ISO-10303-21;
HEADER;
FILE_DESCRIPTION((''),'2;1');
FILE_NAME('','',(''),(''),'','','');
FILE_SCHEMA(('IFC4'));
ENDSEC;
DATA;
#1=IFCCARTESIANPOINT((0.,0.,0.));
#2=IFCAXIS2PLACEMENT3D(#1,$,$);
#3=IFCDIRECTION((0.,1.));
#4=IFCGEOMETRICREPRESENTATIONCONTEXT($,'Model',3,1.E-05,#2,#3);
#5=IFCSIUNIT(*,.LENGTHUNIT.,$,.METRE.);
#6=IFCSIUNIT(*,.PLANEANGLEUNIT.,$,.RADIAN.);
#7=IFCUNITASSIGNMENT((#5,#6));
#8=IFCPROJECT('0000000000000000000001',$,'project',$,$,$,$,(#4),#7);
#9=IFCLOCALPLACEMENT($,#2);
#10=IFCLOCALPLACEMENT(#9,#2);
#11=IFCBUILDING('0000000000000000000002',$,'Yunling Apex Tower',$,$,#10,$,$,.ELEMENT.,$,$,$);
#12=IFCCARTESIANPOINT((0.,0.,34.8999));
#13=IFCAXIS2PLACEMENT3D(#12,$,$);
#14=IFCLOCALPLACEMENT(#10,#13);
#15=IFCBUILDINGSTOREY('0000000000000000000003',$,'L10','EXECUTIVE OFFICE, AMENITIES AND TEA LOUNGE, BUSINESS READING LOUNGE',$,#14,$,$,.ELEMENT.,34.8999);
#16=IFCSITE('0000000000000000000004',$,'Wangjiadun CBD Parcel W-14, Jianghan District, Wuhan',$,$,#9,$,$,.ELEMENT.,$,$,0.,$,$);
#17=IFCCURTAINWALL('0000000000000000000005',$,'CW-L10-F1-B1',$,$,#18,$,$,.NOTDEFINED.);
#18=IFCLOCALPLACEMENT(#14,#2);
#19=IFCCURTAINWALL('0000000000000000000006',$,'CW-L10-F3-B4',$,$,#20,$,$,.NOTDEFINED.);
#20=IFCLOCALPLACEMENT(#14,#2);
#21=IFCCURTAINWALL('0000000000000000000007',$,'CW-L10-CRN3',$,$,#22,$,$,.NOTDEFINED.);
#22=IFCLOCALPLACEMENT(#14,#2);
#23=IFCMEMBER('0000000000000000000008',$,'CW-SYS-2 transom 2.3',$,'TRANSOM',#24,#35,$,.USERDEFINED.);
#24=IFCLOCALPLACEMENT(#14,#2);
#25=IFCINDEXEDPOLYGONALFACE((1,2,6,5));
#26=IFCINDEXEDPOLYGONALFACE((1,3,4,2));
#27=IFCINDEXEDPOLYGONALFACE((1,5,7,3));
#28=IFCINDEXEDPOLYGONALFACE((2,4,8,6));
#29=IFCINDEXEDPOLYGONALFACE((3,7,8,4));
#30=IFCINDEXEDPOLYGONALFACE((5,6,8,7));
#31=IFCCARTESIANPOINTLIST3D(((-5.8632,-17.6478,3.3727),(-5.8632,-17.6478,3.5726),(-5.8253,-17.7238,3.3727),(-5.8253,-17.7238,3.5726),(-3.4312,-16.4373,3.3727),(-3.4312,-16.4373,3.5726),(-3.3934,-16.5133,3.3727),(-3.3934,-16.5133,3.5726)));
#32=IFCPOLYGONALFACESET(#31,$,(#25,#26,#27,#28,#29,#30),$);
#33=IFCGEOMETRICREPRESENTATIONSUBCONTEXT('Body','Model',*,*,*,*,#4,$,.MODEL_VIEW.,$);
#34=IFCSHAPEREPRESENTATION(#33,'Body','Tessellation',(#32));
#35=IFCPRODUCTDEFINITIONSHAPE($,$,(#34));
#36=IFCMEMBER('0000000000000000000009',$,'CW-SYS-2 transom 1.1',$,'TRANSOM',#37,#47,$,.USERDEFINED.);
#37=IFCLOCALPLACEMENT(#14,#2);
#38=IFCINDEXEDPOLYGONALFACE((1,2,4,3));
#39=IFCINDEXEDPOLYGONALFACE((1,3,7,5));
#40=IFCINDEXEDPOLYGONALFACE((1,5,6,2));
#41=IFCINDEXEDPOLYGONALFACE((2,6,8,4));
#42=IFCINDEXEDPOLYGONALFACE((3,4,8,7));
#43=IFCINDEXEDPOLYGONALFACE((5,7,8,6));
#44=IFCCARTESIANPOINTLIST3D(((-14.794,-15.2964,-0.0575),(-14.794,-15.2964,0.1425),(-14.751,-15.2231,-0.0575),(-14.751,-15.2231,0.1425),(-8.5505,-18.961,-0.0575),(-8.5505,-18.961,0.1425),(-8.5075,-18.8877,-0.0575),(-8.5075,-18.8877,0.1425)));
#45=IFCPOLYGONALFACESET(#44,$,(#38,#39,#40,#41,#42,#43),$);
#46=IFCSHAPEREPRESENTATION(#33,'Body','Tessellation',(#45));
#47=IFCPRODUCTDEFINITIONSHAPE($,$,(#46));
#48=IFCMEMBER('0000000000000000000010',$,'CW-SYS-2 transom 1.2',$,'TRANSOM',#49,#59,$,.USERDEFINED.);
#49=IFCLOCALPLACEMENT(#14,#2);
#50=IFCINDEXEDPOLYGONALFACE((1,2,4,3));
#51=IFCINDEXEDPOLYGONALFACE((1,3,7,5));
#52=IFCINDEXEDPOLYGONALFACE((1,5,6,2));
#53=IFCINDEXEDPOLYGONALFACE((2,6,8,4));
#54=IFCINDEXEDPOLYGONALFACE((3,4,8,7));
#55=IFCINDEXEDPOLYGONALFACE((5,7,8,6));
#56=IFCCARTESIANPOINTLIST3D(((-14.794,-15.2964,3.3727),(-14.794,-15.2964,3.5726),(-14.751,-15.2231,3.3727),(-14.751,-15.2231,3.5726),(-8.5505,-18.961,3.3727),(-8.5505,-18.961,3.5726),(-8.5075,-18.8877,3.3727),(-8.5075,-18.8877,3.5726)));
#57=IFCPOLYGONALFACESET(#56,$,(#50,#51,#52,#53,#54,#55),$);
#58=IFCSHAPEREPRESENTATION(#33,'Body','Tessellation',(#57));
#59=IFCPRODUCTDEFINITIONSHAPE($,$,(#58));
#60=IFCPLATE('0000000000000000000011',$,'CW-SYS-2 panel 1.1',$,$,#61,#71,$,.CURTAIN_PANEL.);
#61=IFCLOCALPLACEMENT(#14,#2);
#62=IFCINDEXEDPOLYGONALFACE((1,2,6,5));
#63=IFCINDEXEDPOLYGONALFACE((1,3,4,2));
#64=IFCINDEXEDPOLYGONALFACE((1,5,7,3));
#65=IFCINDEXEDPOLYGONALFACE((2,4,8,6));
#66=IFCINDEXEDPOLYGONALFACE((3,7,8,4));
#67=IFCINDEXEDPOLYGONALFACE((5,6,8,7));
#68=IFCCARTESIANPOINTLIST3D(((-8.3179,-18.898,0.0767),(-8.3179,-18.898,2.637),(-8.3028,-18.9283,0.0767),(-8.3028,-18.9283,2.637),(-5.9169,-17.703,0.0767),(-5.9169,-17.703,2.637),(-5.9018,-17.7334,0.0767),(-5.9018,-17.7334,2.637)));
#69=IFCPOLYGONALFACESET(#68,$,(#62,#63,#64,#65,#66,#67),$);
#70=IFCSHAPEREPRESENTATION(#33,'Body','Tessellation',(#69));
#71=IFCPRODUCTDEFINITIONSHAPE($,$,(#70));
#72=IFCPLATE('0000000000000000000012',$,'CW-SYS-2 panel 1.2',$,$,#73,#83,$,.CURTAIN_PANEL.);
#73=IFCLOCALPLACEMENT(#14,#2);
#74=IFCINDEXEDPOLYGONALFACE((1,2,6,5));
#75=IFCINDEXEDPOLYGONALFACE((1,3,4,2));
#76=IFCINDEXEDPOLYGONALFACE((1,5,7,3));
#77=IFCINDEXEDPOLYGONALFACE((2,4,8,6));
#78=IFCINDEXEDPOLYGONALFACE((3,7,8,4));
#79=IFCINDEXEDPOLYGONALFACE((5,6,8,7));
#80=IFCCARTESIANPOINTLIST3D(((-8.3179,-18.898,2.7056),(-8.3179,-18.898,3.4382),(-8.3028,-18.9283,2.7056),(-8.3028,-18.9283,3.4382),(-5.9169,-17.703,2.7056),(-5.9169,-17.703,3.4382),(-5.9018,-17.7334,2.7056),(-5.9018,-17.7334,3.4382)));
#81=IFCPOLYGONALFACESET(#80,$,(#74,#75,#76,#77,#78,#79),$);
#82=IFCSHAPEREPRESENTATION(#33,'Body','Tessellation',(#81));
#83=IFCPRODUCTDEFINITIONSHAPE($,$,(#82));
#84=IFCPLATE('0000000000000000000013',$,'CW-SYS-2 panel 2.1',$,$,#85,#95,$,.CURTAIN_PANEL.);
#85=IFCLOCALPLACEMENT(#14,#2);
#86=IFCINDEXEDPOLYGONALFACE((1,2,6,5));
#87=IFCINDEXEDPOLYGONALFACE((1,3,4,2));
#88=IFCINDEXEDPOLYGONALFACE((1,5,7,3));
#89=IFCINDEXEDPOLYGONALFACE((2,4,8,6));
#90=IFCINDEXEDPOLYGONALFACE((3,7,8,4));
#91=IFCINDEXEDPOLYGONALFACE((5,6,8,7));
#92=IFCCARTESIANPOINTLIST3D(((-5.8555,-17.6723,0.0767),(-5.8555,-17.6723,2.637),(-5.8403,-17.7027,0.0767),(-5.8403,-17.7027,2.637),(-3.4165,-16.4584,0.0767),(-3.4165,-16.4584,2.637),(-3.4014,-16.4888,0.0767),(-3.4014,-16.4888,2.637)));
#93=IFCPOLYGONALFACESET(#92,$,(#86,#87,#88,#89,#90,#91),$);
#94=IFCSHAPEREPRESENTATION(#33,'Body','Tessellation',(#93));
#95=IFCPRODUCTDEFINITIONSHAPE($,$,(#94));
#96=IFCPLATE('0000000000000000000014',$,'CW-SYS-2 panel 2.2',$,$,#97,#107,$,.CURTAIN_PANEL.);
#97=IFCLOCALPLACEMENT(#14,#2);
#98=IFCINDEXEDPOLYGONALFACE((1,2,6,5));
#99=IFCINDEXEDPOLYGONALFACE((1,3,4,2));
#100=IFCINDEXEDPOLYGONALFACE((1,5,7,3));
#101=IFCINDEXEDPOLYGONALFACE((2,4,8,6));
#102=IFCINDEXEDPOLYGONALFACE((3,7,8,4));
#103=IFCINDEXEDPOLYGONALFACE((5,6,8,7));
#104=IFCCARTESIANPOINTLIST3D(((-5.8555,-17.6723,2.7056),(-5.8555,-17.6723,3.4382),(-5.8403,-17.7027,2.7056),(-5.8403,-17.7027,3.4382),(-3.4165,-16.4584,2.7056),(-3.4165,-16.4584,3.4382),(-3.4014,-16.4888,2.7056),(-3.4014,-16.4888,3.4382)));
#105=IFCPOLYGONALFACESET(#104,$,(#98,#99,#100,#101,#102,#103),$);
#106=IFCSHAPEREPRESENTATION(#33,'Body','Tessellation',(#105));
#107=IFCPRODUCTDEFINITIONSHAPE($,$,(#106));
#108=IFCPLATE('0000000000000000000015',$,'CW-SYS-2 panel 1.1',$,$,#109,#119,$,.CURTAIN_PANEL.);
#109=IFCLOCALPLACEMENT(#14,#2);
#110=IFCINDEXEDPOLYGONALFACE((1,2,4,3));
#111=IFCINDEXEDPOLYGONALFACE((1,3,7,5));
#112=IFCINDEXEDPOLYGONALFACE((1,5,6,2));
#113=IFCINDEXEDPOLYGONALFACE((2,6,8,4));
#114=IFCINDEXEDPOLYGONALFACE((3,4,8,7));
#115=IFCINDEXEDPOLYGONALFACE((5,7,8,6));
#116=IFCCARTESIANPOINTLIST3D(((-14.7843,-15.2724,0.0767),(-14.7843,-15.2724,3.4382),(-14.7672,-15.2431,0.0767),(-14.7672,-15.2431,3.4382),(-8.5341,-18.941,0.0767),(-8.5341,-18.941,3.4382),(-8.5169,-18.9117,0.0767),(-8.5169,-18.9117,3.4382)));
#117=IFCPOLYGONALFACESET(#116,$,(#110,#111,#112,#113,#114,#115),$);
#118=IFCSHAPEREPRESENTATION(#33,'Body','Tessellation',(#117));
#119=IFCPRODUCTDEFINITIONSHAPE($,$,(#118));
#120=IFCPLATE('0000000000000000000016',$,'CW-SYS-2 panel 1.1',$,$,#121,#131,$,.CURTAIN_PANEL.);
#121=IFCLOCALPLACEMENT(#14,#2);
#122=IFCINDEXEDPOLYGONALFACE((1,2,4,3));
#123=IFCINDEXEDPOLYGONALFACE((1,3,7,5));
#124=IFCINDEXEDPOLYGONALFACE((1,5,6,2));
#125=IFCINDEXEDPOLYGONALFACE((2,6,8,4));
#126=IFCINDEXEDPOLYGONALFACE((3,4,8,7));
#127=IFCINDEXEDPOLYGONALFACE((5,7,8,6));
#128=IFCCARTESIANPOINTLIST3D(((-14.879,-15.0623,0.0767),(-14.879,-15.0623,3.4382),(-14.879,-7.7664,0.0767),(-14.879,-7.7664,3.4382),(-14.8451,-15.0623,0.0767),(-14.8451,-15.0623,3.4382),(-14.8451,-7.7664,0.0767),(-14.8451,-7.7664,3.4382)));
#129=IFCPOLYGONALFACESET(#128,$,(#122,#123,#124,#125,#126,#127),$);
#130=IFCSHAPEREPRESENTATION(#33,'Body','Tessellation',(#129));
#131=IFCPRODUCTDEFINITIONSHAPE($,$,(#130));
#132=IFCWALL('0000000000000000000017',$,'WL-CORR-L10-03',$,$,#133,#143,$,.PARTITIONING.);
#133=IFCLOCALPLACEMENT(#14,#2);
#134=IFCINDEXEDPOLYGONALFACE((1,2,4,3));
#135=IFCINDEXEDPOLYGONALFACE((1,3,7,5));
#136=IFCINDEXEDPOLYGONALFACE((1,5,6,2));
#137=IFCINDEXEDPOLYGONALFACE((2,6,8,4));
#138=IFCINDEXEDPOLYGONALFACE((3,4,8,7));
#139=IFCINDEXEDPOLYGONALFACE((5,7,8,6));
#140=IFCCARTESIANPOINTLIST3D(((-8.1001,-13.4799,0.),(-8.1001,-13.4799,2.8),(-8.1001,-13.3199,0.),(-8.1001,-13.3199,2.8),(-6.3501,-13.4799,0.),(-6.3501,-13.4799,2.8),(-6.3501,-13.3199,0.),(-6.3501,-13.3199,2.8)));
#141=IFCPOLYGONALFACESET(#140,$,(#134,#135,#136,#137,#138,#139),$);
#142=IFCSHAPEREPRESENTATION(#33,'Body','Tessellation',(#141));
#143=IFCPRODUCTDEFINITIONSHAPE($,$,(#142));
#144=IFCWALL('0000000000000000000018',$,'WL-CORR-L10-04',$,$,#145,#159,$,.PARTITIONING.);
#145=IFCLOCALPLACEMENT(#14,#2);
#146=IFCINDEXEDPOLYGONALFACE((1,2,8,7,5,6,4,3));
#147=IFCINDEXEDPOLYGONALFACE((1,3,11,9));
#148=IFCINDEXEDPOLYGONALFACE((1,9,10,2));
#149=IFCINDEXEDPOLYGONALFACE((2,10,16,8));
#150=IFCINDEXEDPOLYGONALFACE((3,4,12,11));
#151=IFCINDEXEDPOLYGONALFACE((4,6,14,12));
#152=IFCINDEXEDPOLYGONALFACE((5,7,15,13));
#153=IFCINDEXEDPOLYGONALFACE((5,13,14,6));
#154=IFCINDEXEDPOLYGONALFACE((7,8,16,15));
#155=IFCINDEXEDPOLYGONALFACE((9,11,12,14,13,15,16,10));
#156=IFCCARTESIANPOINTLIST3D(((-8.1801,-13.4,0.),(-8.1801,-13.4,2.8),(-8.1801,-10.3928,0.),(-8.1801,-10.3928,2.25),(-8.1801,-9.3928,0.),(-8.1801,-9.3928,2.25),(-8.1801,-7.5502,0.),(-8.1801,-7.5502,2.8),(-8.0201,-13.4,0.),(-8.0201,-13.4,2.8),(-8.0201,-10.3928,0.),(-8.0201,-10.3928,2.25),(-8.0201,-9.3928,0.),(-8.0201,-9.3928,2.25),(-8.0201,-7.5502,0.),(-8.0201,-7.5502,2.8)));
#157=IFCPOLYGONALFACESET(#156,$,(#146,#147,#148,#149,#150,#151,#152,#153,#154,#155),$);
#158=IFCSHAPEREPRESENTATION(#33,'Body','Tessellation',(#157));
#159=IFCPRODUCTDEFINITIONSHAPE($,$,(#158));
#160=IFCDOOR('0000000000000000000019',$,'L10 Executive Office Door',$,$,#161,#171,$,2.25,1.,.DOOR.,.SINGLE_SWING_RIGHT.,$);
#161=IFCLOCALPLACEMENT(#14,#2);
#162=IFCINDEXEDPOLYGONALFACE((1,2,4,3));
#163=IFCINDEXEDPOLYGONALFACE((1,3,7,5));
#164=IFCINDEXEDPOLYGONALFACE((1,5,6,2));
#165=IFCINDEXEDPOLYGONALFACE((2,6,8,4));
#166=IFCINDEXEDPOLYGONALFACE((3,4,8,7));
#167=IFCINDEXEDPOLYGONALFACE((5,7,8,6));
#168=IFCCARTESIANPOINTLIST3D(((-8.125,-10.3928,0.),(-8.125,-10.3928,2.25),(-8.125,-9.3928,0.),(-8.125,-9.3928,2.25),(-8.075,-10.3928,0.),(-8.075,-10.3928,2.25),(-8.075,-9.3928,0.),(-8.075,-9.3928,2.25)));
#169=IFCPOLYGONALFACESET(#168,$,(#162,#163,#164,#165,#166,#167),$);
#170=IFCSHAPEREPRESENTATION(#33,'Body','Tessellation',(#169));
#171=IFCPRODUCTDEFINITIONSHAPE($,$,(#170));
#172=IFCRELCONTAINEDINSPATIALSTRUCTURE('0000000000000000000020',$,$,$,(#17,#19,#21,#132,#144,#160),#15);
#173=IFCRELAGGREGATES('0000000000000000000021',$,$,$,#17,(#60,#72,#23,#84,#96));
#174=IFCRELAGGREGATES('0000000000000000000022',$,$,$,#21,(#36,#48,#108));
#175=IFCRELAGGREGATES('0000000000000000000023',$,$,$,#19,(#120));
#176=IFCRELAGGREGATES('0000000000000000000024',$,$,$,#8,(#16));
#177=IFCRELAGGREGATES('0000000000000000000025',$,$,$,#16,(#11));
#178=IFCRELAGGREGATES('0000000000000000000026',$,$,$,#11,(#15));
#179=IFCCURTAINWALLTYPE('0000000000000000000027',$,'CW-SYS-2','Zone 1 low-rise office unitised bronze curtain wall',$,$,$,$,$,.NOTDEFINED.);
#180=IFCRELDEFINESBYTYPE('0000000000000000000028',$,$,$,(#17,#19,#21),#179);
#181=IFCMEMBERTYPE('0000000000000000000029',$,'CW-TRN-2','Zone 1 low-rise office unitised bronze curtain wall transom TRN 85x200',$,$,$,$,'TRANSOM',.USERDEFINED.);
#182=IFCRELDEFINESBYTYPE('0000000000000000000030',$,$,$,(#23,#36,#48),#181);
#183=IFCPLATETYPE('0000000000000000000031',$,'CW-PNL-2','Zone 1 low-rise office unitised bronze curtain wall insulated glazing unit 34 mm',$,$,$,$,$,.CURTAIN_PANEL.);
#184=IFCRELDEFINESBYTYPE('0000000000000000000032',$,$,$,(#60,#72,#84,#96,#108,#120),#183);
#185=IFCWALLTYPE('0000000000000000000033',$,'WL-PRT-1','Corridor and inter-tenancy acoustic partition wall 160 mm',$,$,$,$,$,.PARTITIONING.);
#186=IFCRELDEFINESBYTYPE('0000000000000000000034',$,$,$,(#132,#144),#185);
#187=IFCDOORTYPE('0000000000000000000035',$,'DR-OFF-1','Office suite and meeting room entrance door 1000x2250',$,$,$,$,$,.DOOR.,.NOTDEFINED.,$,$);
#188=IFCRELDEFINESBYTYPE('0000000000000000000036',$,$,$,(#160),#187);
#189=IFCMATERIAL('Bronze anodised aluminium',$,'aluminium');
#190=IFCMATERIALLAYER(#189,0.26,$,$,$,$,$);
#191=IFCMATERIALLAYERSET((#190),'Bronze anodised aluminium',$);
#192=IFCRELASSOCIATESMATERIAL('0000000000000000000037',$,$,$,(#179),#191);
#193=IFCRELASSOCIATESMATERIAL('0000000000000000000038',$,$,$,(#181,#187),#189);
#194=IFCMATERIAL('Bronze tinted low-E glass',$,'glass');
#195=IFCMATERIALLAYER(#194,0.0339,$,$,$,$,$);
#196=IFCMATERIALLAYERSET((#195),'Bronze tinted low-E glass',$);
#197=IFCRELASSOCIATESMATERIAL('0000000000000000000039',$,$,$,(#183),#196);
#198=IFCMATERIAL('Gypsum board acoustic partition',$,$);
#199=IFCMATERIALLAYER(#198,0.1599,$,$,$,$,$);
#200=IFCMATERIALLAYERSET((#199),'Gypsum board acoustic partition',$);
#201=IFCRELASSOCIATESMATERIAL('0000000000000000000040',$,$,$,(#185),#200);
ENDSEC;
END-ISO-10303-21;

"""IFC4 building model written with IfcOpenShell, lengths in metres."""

from ifc_helpers import new_model, si_unit, direction, frame, frame_2d, origin, origin_2d, place, context, subcontext, project, spatial, rectangle, extrude, source, transform, mapped, material, layer, layer_set, material_profile, profile_set, type_object, element, fill, aggregate, save


model = new_model("IFC4")

# Units and contexts
model_context = context("Model", 3, precision=1e-05, world=origin(), true_north=direction((0.0, 1.0)))
body_context = subcontext(model_context, "Body", "Model", "MODEL_VIEW")
ifc_project = project(units=[si_unit("LENGTHUNIT", "METRE"), si_unit("PLANEANGLEUNIT", "RADIAN")], contexts=[model_context])

# Site, building, storey
site_placement = place(None, origin())
site = spatial("IfcSite", under=ifc_project, at=site_placement, Name="Wangjiadun CBD Parcel W-14, Jianghan District, Wuhan", CompositionType="ELEMENT", RefElevation=0.0)
building_placement = place(site_placement, origin())
building = spatial("IfcBuilding", under=site, at=building_placement, Name="Yunling Apex Tower", CompositionType="ELEMENT")
storey_placement = place(building_placement, frame((0.0, 0.0, 34.8999)))
storey = spatial("IfcBuildingStorey", under=building, at=storey_placement, Name="L10", Description="EXECUTIVE OFFICE, AMENITIES AND TEA LOUNGE, BUSINESS READING LOUNGE", CompositionType="ELEMENT", Elevation=34.8999)

# Curtain wall
ifc_material_1 = material(Name="Bronze anodised aluminium", Category="aluminium")
ifc_layer_1 = layer(ifc_material_1, 0.26)
ifc_layer_set_1 = layer_set([ifc_layer_1], Name="Bronze anodised aluminium")
curtain_wall_type = type_object("IfcCurtainWallType", Name="CW-SYS-2", Description="Zone 1 low-rise office unitised bronze curtain wall", PredefinedType="NOTDEFINED", material=ifc_layer_set_1)
curtain_wall_1_placement = place(storey_placement, origin())
curtain_wall_1 = element("IfcCurtainWall", 1, at=curtain_wall_1_placement, inside=storey, type_object=curtain_wall_type, Name="CW-L10-F1-B1", PredefinedType="NOTDEFINED")

# Curtain wall
curtain_wall_2_placement = place(storey_placement, origin())
curtain_wall_2 = element("IfcCurtainWall", 2, at=curtain_wall_2_placement, inside=storey, type_object=curtain_wall_type, Name="CW-L10-F3-B4", PredefinedType="NOTDEFINED")

# Curtain wall
curtain_wall_3_placement = place(storey_placement, origin())
curtain_wall_3 = element("IfcCurtainWall", 3, at=curtain_wall_3_placement, inside=storey, type_object=curtain_wall_type, Name="CW-L10-CRN3", PredefinedType="NOTDEFINED")

# Members
ifc_material_profile_1 = material_profile(ifc_material_1, rectangle(XDim=0.085, YDim=0.2, at=origin_2d()))
ifc_profile_set_1 = profile_set([ifc_material_profile_1], Name="Bronze anodised aluminium")
member_type_1 = type_object("IfcMemberType", Name="CW-TRN-2", Description="Zone 1 low-rise office unitised bronze curtain wall transom TRN 85x200", ElementType="TRANSOM", PredefinedType="USERDEFINED", material=ifc_profile_set_1)
shared_shape_1 = source(origin(), body_context, "Body", "SweptSolid", [
    extrude(rectangle(XDim=0.085, YDim=0.2, at=origin_2d()), origin(), (0.0, 0.0, 1.0), 2.7166),
])
member_1_placement = place(storey_placement, frame((-5.8442, -17.6858, 3.4727), z_axis=(0.895235, 0.445595, 0.0), x_axis=(-0.445595, 0.895235, 0.0)))
member_1 = element("IfcMember", 4, at=member_1_placement, type_object=member_type_1, Name="CW-SYS-2 transom 2.3", ObjectType="TRANSOM", PredefinedType="USERDEFINED", context=body_context, shape_type="MappedRepresentation", body=[
    mapped(shared_shape_1, transform((0.0, 0.0, 0.0), scale=1.0)),
])
shared_shape_2 = source(origin(), body_context, "Body", "SweptSolid", [
    extrude(rectangle(XDim=0.085, YDim=0.2, at=origin_2d()), origin(), (0.0, 0.0, 1.0), 7.2395),
])
member_2_placement = place(storey_placement, frame((-14.7725, -15.2598, 0.0425), z_axis=(0.862419, -0.506195, 0.0), x_axis=(0.506195, 0.862419, 0.0)))
member_2 = element("IfcMember", 5, at=member_2_placement, type_object=member_type_1, Name="CW-SYS-2 transom 1.1", ObjectType="TRANSOM", PredefinedType="USERDEFINED", context=body_context, shape_type="MappedRepresentation", body=[
    mapped(shared_shape_2, transform((0.0, 0.0, 0.0), scale=1.0)),
])
member_3_placement = place(storey_placement, frame((-14.7725, -15.2598, 3.4727), z_axis=(0.862419, -0.506195, 0.0), x_axis=(0.506195, 0.862419, 0.0)))
member_3 = element("IfcMember", 6, at=member_3_placement, type_object=member_type_1, Name="CW-SYS-2 transom 1.2", ObjectType="TRANSOM", PredefinedType="USERDEFINED", context=body_context, shape_type="MappedRepresentation", body=[
    mapped(shared_shape_2, transform((0.0, 0.0, 0.0), scale=1.0)),
])

# Plates
ifc_material_2 = material(Name="Bronze tinted low-E glass", Category="glass")
ifc_layer_2 = layer(ifc_material_2, 0.0339)
ifc_layer_set_2 = layer_set([ifc_layer_2], Name="Bronze tinted low-E glass")
plate_type = type_object("IfcPlateType", Name="CW-PNL-2", Description="Zone 1 low-rise office unitised bronze curtain wall insulated glazing unit 34 mm", PredefinedType="CURTAIN_PANEL", material=ifc_layer_set_2)
shared_shape_3 = source(origin(), body_context, "Body", "SweptSolid", [
    extrude(rectangle(XDim=2.6819, YDim=0.0339, at=origin_2d()), origin(), (0.0, 0.0, 1.0), 2.5603),
])
plate_1_placement = place(storey_placement, frame((-7.1099, -18.3157, 0.0767), z_axis=(0.0, 0.0, 1.0), x_axis=(0.895247, 0.445571, 0.0)))
plate_1 = element("IfcPlate", 7, at=plate_1_placement, type_object=plate_type, Name="CW-SYS-2 panel 1.1", PredefinedType="CURTAIN_PANEL", context=body_context, shape_type="MappedRepresentation", body=[
    mapped(shared_shape_3, transform((0.0, 0.0, 0.0), scale=1.0)),
])
shared_shape_4 = source(origin(), body_context, "Body", "SweptSolid", [
    extrude(rectangle(XDim=2.6819, YDim=0.0339, at=origin_2d()), origin(), (0.0, 0.0, 1.0), 0.7327),
])
plate_2_placement = place(storey_placement, frame((-7.1099, -18.3157, 2.7056), z_axis=(0.0, 0.0, 1.0), x_axis=(0.895247, 0.445571, 0.0)))
plate_2 = element("IfcPlate", 8, at=plate_2_placement, type_object=plate_type, Name="CW-SYS-2 panel 1.2", PredefinedType="CURTAIN_PANEL", context=body_context, shape_type="MappedRepresentation", body=[
    mapped(shared_shape_4, transform((0.0, 0.0, 0.0), scale=1.0)),
])
shared_shape_5 = source(origin(), body_context, "Body", "SweptSolid", [
    extrude(rectangle(XDim=2.7244, YDim=0.0339, at=origin_2d()), origin(), (0.0, 0.0, 1.0), 2.5603),
])
plate_3_placement = place(storey_placement, frame((-4.6284, -17.0806, 0.0767), z_axis=(0.0, 0.0, 1.0), x_axis=(0.895247, 0.445571, 0.0)))
plate_3 = element("IfcPlate", 9, at=plate_3_placement, type_object=plate_type, Name="CW-SYS-2 panel 2.1", PredefinedType="CURTAIN_PANEL", context=body_context, shape_type="MappedRepresentation", body=[
    mapped(shared_shape_5, transform((0.0, 0.0, 0.0), scale=1.0)),
])
shared_shape_6 = source(origin(), body_context, "Body", "SweptSolid", [
    extrude(rectangle(XDim=2.7244, YDim=0.0339, at=origin_2d()), origin(), (0.0, 0.0, 1.0), 0.7327),
])
plate_4_placement = place(storey_placement, frame((-4.6284, -17.0806, 2.7056), z_axis=(0.0, 0.0, 1.0), x_axis=(0.895247, 0.445571, 0.0)))
plate_4 = element("IfcPlate", 10, at=plate_4_placement, type_object=plate_type, Name="CW-SYS-2 panel 2.2", PredefinedType="CURTAIN_PANEL", context=body_context, shape_type="MappedRepresentation", body=[
    mapped(shared_shape_6, transform((0.0, 0.0, 0.0), scale=1.0)),
])
aggregate(curtain_wall_1, [plate_1, plate_2, member_1, plate_3, plate_4])
shared_shape_7 = source(origin(), body_context, "Body", "SweptSolid", [
    extrude(rectangle(XDim=7.2473, YDim=0.0339, at=origin_2d()), origin(), (0.0, 0.0, 1.0), 3.3616),
])
plate_5_placement = place(storey_placement, frame((-11.6506, -17.092, 0.0767), z_axis=(0.0, 0.0, 1.0), x_axis=(0.862419, -0.506196, 0.0)))
plate_5 = element("IfcPlate", 11, at=plate_5_placement, type_object=plate_type, Name="CW-SYS-2 panel 1.1", PredefinedType="CURTAIN_PANEL", context=body_context, shape_type="MappedRepresentation", body=[
    mapped(shared_shape_7, transform((0.0, 0.0, 0.0), scale=1.0)),
])
aggregate(curtain_wall_3, [member_2, member_3, plate_5])
shared_shape_8 = source(origin(), body_context, "Body", "SweptSolid", [
    extrude(rectangle(XDim=7.2959, YDim=0.0339, at=origin_2d()), origin(), (0.0, 0.0, 1.0), 3.3616),
])
plate_6_placement = place(storey_placement, frame((-14.8621, -11.4143, 0.0767), z_axis=(0.0, 0.0, 1.0), x_axis=(0.0, -1.0, 0.0)))
plate_6 = element("IfcPlate", 12, at=plate_6_placement, type_object=plate_type, Name="CW-SYS-2 panel 1.1", PredefinedType="CURTAIN_PANEL", context=body_context, shape_type="MappedRepresentation", body=[
    mapped(shared_shape_8, transform((0.0, 0.0, 0.0), scale=1.0)),
])
aggregate(curtain_wall_2, [plate_6])

# Wall
ifc_material_3 = material(Name="Gypsum board acoustic partition")
ifc_layer_3 = layer(ifc_material_3, 0.1599)
ifc_layer_set_3 = layer_set([ifc_layer_3], Name="Gypsum board acoustic partition")
wall_type_1 = type_object("IfcWallType", Name="WL-PRT-1", Description="Corridor and inter-tenancy acoustic partition wall 160 mm", PredefinedType="PARTITIONING", material=ifc_layer_set_3)
wall_1_placement = place(storey_placement, frame((-6.3501, -13.3999, 0.0), z_axis=(0.0, 0.0, 1.0), x_axis=(-1.0, 0.0, 0.0)))
element("IfcWall", 13, at=wall_1_placement, inside=storey, type_object=wall_type_1, Name="WL-CORR-L10-03", PredefinedType="PARTITIONING", context=body_context, shape_type="SweptSolid", body=[
    extrude(rectangle(XDim=1.75, YDim=0.1599, at=frame_2d((0.875, 0.0))), origin(), (0.0, 0.0, 1.0), 2.8),
])

# Wall, opening, door
wall_2_placement = place(storey_placement, frame((-8.1001, -13.3999, 0.0), z_axis=(0.0, 0.0, 1.0), x_axis=(0.0, 1.0, 0.0)))
wall_2 = element("IfcWall", 14, at=wall_2_placement, inside=storey, type_object=wall_type_1, Name="WL-CORR-L10-04", PredefinedType="PARTITIONING", context=body_context, shape_type="SweptSolid", body=[
    extrude(rectangle(XDim=5.8499, YDim=0.1599, at=frame_2d((2.9248, 0.0))), origin(), (0.0, 0.0, 1.0), 2.8),
])
opening_placement = place(wall_2_placement, frame((3.0071, 0.0, 0.0)))
opening = element("IfcOpeningElement", 15, at=opening_placement, cuts=wall_2, PredefinedType="OPENING", context=body_context, shape_type="SweptSolid", body=[
    extrude(rectangle(XDim=1.0, YDim=2.25, at=frame_2d((0.5, 1.125))), frame((0.0, 0.0898, 0.0), z_axis=(0.0, -1.0, 0.0), x_axis=(1.0, 0.0, 0.0)), (0.0, 0.0, 1.0), 0.1799),
])
door_type = type_object("IfcDoorType", Name="DR-OFF-1", Description="Office suite and meeting room entrance door 1000x2250", OperationType="NOTDEFINED", PredefinedType="DOOR", material=ifc_material_1)
door_placement = place(opening_placement, origin())
door = element("IfcDoor", 16, at=door_placement, inside=storey, type_object=door_type, Name="L10 Executive Office Door", OperationType="SINGLE_SWING_RIGHT", OverallHeight=2.25, OverallWidth=1.0, PredefinedType="DOOR", context=body_context, shape_type="SweptSolid", body=[
    extrude(rectangle(XDim=1.0, YDim=2.25, at=frame_2d((0.5, 1.125))), frame((0.0, 0.0249, 0.0), z_axis=(0.0, -1.0, 0.0), x_axis=(1.0, 0.0, 0.0)), (0.0, 0.0, 1.0), 0.05),
])
fill(opening, door)

save(model, "model.ifc")
